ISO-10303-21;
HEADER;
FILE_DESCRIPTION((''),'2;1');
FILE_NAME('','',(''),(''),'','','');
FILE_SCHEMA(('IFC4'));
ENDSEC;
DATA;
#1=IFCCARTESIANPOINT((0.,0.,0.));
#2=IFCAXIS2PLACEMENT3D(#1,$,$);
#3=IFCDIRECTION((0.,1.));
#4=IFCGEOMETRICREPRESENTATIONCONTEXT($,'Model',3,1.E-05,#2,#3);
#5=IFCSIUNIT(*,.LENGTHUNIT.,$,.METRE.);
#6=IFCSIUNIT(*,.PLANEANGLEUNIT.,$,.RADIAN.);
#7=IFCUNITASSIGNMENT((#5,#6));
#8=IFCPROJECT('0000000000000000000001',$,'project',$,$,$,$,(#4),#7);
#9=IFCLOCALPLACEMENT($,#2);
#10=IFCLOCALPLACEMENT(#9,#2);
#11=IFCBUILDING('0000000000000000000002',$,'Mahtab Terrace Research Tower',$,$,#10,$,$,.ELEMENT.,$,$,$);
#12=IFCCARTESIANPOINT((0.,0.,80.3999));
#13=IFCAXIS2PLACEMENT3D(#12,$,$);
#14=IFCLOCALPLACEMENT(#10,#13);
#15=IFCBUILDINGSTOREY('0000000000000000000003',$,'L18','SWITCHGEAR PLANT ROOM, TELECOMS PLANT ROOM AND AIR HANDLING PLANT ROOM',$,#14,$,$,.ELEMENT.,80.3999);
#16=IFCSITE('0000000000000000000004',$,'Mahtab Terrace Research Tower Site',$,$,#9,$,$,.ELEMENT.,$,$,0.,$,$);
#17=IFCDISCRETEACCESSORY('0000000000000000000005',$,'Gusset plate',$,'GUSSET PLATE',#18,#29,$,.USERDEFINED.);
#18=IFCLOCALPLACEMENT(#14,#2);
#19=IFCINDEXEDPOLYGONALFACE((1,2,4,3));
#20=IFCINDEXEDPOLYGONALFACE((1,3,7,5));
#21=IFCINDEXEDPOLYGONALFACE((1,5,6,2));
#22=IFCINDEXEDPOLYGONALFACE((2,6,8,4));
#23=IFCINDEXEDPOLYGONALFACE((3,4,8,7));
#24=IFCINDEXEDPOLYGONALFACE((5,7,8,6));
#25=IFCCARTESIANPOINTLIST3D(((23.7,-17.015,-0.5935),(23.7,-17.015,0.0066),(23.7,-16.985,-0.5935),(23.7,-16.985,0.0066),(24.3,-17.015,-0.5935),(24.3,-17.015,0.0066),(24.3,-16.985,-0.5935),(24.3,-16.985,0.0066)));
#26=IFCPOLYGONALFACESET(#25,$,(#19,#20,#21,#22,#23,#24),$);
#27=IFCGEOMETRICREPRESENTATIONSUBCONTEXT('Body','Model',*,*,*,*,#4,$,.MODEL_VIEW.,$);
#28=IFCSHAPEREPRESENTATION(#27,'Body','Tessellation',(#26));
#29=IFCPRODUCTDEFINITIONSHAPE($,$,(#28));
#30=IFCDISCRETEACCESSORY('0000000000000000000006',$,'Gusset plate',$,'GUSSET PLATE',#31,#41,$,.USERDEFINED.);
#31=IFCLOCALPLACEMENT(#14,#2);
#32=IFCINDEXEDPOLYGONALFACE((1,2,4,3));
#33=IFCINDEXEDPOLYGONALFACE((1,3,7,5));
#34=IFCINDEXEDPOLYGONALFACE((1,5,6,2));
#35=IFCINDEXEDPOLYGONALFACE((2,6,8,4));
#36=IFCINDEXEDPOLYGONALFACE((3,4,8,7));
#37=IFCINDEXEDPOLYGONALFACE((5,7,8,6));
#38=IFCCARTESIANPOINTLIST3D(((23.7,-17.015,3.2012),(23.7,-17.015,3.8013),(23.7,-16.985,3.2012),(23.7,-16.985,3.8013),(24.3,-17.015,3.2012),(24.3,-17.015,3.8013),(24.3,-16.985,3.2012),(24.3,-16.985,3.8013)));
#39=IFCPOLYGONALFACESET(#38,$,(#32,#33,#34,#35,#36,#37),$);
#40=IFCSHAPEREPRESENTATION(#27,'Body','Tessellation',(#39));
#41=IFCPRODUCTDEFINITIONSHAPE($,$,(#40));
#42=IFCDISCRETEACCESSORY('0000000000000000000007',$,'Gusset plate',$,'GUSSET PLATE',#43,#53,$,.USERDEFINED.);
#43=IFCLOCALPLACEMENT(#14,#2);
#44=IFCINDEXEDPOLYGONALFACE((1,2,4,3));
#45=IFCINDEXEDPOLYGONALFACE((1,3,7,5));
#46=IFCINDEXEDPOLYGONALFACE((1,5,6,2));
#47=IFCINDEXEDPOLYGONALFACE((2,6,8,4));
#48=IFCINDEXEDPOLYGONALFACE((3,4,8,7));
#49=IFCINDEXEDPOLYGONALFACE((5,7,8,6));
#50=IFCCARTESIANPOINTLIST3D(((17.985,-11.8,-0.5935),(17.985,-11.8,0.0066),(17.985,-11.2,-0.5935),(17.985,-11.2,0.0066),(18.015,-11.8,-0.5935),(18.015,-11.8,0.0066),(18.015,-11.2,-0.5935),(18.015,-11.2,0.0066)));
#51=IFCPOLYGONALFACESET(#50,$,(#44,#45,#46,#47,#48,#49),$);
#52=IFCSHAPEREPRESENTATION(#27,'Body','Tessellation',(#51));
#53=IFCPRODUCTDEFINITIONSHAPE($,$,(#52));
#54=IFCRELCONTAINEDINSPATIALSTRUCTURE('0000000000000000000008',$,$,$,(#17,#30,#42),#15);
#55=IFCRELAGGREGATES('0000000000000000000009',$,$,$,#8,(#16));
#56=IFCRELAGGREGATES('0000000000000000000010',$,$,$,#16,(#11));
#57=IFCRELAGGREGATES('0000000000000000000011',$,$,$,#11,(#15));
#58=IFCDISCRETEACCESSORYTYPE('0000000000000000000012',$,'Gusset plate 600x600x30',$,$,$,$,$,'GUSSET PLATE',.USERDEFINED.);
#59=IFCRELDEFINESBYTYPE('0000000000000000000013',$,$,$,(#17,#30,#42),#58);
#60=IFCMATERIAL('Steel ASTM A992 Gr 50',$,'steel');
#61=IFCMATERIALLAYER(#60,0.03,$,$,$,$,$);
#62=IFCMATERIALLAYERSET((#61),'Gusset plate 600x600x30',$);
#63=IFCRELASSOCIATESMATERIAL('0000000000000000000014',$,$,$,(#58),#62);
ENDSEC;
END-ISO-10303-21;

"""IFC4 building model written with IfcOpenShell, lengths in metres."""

from ifc_helpers import new_model, si_unit, direction, frame, origin, origin_2d, place, context, subcontext, project, spatial, rectangle, extrude, material, layer, layer_set, type_object, element, save


model = new_model("IFC4")

# Units and contexts
model_context = context("Model", 3, precision=1e-05, world=origin(), true_north=direction((0.0, 1.0)))
body_context = subcontext(model_context, "Body", "Model", "MODEL_VIEW")
ifc_project = project(units=[si_unit("LENGTHUNIT", "METRE"), si_unit("PLANEANGLEUNIT", "RADIAN")], contexts=[model_context])

# Site, building, storey
site_placement = place(None, origin())
site = spatial("IfcSite", under=ifc_project, at=site_placement, Name="Mahtab Terrace Research Tower Site", CompositionType="ELEMENT", RefElevation=0.0)
building_placement = place(site_placement, origin())
building = spatial("IfcBuilding", under=site, at=building_placement, Name="Mahtab Terrace Research Tower", CompositionType="ELEMENT")
storey_placement = place(building_placement, frame((0.0, 0.0, 80.3999)))
storey = spatial("IfcBuildingStorey", under=building, at=storey_placement, Name="L18", Description="SWITCHGEAR PLANT ROOM, TELECOMS PLANT ROOM AND AIR HANDLING PLANT ROOM", CompositionType="ELEMENT", Elevation=80.3999)

# Shared definitions
ifc_material_1 = material(Name="Steel ASTM A992 Gr 50", Category="steel")

# Discrete accessories
ifc_layer_1 = layer(ifc_material_1, 0.03)
ifc_layer_set_1 = layer_set([ifc_layer_1], Name="Gusset plate 600x600x30")
discrete_accessory_type = type_object("IfcDiscreteAccessoryType", Name="Gusset plate 600x600x30", ElementType="GUSSET PLATE", PredefinedType="USERDEFINED", material=ifc_layer_set_1)
for number, where, z_axis, x_axis, name in (
    (1, (24.0, -17.0, -0.5935), (0.0, 0.0, 1.0), (1.0, 0.0, 0.0), "Gusset plate"),
    (2, (24.0, -17.0, 3.2012), (0.0, 0.0, 1.0), (1.0, 0.0, 0.0), "Gusset plate"),
    (3, (18.0, -11.5, -0.5935), (0.0, 0.0, 1.0), (0.0, 1.0, 0.0), "Gusset plate"),
):
    element("IfcDiscreteAccessory", number, at=place(storey_placement, frame(where, z_axis=z_axis, x_axis=x_axis)), inside=storey, type_object=discrete_accessory_type, Name=name, ObjectType="GUSSET PLATE", PredefinedType="USERDEFINED", context=body_context, shape_type="SweptSolid", body=[
        extrude(rectangle(XDim=0.6001, YDim=0.03, at=origin_2d()), origin(), (0.0, 0.0, 1.0), 0.6001),
    ])

save(model, "model.ifc")
